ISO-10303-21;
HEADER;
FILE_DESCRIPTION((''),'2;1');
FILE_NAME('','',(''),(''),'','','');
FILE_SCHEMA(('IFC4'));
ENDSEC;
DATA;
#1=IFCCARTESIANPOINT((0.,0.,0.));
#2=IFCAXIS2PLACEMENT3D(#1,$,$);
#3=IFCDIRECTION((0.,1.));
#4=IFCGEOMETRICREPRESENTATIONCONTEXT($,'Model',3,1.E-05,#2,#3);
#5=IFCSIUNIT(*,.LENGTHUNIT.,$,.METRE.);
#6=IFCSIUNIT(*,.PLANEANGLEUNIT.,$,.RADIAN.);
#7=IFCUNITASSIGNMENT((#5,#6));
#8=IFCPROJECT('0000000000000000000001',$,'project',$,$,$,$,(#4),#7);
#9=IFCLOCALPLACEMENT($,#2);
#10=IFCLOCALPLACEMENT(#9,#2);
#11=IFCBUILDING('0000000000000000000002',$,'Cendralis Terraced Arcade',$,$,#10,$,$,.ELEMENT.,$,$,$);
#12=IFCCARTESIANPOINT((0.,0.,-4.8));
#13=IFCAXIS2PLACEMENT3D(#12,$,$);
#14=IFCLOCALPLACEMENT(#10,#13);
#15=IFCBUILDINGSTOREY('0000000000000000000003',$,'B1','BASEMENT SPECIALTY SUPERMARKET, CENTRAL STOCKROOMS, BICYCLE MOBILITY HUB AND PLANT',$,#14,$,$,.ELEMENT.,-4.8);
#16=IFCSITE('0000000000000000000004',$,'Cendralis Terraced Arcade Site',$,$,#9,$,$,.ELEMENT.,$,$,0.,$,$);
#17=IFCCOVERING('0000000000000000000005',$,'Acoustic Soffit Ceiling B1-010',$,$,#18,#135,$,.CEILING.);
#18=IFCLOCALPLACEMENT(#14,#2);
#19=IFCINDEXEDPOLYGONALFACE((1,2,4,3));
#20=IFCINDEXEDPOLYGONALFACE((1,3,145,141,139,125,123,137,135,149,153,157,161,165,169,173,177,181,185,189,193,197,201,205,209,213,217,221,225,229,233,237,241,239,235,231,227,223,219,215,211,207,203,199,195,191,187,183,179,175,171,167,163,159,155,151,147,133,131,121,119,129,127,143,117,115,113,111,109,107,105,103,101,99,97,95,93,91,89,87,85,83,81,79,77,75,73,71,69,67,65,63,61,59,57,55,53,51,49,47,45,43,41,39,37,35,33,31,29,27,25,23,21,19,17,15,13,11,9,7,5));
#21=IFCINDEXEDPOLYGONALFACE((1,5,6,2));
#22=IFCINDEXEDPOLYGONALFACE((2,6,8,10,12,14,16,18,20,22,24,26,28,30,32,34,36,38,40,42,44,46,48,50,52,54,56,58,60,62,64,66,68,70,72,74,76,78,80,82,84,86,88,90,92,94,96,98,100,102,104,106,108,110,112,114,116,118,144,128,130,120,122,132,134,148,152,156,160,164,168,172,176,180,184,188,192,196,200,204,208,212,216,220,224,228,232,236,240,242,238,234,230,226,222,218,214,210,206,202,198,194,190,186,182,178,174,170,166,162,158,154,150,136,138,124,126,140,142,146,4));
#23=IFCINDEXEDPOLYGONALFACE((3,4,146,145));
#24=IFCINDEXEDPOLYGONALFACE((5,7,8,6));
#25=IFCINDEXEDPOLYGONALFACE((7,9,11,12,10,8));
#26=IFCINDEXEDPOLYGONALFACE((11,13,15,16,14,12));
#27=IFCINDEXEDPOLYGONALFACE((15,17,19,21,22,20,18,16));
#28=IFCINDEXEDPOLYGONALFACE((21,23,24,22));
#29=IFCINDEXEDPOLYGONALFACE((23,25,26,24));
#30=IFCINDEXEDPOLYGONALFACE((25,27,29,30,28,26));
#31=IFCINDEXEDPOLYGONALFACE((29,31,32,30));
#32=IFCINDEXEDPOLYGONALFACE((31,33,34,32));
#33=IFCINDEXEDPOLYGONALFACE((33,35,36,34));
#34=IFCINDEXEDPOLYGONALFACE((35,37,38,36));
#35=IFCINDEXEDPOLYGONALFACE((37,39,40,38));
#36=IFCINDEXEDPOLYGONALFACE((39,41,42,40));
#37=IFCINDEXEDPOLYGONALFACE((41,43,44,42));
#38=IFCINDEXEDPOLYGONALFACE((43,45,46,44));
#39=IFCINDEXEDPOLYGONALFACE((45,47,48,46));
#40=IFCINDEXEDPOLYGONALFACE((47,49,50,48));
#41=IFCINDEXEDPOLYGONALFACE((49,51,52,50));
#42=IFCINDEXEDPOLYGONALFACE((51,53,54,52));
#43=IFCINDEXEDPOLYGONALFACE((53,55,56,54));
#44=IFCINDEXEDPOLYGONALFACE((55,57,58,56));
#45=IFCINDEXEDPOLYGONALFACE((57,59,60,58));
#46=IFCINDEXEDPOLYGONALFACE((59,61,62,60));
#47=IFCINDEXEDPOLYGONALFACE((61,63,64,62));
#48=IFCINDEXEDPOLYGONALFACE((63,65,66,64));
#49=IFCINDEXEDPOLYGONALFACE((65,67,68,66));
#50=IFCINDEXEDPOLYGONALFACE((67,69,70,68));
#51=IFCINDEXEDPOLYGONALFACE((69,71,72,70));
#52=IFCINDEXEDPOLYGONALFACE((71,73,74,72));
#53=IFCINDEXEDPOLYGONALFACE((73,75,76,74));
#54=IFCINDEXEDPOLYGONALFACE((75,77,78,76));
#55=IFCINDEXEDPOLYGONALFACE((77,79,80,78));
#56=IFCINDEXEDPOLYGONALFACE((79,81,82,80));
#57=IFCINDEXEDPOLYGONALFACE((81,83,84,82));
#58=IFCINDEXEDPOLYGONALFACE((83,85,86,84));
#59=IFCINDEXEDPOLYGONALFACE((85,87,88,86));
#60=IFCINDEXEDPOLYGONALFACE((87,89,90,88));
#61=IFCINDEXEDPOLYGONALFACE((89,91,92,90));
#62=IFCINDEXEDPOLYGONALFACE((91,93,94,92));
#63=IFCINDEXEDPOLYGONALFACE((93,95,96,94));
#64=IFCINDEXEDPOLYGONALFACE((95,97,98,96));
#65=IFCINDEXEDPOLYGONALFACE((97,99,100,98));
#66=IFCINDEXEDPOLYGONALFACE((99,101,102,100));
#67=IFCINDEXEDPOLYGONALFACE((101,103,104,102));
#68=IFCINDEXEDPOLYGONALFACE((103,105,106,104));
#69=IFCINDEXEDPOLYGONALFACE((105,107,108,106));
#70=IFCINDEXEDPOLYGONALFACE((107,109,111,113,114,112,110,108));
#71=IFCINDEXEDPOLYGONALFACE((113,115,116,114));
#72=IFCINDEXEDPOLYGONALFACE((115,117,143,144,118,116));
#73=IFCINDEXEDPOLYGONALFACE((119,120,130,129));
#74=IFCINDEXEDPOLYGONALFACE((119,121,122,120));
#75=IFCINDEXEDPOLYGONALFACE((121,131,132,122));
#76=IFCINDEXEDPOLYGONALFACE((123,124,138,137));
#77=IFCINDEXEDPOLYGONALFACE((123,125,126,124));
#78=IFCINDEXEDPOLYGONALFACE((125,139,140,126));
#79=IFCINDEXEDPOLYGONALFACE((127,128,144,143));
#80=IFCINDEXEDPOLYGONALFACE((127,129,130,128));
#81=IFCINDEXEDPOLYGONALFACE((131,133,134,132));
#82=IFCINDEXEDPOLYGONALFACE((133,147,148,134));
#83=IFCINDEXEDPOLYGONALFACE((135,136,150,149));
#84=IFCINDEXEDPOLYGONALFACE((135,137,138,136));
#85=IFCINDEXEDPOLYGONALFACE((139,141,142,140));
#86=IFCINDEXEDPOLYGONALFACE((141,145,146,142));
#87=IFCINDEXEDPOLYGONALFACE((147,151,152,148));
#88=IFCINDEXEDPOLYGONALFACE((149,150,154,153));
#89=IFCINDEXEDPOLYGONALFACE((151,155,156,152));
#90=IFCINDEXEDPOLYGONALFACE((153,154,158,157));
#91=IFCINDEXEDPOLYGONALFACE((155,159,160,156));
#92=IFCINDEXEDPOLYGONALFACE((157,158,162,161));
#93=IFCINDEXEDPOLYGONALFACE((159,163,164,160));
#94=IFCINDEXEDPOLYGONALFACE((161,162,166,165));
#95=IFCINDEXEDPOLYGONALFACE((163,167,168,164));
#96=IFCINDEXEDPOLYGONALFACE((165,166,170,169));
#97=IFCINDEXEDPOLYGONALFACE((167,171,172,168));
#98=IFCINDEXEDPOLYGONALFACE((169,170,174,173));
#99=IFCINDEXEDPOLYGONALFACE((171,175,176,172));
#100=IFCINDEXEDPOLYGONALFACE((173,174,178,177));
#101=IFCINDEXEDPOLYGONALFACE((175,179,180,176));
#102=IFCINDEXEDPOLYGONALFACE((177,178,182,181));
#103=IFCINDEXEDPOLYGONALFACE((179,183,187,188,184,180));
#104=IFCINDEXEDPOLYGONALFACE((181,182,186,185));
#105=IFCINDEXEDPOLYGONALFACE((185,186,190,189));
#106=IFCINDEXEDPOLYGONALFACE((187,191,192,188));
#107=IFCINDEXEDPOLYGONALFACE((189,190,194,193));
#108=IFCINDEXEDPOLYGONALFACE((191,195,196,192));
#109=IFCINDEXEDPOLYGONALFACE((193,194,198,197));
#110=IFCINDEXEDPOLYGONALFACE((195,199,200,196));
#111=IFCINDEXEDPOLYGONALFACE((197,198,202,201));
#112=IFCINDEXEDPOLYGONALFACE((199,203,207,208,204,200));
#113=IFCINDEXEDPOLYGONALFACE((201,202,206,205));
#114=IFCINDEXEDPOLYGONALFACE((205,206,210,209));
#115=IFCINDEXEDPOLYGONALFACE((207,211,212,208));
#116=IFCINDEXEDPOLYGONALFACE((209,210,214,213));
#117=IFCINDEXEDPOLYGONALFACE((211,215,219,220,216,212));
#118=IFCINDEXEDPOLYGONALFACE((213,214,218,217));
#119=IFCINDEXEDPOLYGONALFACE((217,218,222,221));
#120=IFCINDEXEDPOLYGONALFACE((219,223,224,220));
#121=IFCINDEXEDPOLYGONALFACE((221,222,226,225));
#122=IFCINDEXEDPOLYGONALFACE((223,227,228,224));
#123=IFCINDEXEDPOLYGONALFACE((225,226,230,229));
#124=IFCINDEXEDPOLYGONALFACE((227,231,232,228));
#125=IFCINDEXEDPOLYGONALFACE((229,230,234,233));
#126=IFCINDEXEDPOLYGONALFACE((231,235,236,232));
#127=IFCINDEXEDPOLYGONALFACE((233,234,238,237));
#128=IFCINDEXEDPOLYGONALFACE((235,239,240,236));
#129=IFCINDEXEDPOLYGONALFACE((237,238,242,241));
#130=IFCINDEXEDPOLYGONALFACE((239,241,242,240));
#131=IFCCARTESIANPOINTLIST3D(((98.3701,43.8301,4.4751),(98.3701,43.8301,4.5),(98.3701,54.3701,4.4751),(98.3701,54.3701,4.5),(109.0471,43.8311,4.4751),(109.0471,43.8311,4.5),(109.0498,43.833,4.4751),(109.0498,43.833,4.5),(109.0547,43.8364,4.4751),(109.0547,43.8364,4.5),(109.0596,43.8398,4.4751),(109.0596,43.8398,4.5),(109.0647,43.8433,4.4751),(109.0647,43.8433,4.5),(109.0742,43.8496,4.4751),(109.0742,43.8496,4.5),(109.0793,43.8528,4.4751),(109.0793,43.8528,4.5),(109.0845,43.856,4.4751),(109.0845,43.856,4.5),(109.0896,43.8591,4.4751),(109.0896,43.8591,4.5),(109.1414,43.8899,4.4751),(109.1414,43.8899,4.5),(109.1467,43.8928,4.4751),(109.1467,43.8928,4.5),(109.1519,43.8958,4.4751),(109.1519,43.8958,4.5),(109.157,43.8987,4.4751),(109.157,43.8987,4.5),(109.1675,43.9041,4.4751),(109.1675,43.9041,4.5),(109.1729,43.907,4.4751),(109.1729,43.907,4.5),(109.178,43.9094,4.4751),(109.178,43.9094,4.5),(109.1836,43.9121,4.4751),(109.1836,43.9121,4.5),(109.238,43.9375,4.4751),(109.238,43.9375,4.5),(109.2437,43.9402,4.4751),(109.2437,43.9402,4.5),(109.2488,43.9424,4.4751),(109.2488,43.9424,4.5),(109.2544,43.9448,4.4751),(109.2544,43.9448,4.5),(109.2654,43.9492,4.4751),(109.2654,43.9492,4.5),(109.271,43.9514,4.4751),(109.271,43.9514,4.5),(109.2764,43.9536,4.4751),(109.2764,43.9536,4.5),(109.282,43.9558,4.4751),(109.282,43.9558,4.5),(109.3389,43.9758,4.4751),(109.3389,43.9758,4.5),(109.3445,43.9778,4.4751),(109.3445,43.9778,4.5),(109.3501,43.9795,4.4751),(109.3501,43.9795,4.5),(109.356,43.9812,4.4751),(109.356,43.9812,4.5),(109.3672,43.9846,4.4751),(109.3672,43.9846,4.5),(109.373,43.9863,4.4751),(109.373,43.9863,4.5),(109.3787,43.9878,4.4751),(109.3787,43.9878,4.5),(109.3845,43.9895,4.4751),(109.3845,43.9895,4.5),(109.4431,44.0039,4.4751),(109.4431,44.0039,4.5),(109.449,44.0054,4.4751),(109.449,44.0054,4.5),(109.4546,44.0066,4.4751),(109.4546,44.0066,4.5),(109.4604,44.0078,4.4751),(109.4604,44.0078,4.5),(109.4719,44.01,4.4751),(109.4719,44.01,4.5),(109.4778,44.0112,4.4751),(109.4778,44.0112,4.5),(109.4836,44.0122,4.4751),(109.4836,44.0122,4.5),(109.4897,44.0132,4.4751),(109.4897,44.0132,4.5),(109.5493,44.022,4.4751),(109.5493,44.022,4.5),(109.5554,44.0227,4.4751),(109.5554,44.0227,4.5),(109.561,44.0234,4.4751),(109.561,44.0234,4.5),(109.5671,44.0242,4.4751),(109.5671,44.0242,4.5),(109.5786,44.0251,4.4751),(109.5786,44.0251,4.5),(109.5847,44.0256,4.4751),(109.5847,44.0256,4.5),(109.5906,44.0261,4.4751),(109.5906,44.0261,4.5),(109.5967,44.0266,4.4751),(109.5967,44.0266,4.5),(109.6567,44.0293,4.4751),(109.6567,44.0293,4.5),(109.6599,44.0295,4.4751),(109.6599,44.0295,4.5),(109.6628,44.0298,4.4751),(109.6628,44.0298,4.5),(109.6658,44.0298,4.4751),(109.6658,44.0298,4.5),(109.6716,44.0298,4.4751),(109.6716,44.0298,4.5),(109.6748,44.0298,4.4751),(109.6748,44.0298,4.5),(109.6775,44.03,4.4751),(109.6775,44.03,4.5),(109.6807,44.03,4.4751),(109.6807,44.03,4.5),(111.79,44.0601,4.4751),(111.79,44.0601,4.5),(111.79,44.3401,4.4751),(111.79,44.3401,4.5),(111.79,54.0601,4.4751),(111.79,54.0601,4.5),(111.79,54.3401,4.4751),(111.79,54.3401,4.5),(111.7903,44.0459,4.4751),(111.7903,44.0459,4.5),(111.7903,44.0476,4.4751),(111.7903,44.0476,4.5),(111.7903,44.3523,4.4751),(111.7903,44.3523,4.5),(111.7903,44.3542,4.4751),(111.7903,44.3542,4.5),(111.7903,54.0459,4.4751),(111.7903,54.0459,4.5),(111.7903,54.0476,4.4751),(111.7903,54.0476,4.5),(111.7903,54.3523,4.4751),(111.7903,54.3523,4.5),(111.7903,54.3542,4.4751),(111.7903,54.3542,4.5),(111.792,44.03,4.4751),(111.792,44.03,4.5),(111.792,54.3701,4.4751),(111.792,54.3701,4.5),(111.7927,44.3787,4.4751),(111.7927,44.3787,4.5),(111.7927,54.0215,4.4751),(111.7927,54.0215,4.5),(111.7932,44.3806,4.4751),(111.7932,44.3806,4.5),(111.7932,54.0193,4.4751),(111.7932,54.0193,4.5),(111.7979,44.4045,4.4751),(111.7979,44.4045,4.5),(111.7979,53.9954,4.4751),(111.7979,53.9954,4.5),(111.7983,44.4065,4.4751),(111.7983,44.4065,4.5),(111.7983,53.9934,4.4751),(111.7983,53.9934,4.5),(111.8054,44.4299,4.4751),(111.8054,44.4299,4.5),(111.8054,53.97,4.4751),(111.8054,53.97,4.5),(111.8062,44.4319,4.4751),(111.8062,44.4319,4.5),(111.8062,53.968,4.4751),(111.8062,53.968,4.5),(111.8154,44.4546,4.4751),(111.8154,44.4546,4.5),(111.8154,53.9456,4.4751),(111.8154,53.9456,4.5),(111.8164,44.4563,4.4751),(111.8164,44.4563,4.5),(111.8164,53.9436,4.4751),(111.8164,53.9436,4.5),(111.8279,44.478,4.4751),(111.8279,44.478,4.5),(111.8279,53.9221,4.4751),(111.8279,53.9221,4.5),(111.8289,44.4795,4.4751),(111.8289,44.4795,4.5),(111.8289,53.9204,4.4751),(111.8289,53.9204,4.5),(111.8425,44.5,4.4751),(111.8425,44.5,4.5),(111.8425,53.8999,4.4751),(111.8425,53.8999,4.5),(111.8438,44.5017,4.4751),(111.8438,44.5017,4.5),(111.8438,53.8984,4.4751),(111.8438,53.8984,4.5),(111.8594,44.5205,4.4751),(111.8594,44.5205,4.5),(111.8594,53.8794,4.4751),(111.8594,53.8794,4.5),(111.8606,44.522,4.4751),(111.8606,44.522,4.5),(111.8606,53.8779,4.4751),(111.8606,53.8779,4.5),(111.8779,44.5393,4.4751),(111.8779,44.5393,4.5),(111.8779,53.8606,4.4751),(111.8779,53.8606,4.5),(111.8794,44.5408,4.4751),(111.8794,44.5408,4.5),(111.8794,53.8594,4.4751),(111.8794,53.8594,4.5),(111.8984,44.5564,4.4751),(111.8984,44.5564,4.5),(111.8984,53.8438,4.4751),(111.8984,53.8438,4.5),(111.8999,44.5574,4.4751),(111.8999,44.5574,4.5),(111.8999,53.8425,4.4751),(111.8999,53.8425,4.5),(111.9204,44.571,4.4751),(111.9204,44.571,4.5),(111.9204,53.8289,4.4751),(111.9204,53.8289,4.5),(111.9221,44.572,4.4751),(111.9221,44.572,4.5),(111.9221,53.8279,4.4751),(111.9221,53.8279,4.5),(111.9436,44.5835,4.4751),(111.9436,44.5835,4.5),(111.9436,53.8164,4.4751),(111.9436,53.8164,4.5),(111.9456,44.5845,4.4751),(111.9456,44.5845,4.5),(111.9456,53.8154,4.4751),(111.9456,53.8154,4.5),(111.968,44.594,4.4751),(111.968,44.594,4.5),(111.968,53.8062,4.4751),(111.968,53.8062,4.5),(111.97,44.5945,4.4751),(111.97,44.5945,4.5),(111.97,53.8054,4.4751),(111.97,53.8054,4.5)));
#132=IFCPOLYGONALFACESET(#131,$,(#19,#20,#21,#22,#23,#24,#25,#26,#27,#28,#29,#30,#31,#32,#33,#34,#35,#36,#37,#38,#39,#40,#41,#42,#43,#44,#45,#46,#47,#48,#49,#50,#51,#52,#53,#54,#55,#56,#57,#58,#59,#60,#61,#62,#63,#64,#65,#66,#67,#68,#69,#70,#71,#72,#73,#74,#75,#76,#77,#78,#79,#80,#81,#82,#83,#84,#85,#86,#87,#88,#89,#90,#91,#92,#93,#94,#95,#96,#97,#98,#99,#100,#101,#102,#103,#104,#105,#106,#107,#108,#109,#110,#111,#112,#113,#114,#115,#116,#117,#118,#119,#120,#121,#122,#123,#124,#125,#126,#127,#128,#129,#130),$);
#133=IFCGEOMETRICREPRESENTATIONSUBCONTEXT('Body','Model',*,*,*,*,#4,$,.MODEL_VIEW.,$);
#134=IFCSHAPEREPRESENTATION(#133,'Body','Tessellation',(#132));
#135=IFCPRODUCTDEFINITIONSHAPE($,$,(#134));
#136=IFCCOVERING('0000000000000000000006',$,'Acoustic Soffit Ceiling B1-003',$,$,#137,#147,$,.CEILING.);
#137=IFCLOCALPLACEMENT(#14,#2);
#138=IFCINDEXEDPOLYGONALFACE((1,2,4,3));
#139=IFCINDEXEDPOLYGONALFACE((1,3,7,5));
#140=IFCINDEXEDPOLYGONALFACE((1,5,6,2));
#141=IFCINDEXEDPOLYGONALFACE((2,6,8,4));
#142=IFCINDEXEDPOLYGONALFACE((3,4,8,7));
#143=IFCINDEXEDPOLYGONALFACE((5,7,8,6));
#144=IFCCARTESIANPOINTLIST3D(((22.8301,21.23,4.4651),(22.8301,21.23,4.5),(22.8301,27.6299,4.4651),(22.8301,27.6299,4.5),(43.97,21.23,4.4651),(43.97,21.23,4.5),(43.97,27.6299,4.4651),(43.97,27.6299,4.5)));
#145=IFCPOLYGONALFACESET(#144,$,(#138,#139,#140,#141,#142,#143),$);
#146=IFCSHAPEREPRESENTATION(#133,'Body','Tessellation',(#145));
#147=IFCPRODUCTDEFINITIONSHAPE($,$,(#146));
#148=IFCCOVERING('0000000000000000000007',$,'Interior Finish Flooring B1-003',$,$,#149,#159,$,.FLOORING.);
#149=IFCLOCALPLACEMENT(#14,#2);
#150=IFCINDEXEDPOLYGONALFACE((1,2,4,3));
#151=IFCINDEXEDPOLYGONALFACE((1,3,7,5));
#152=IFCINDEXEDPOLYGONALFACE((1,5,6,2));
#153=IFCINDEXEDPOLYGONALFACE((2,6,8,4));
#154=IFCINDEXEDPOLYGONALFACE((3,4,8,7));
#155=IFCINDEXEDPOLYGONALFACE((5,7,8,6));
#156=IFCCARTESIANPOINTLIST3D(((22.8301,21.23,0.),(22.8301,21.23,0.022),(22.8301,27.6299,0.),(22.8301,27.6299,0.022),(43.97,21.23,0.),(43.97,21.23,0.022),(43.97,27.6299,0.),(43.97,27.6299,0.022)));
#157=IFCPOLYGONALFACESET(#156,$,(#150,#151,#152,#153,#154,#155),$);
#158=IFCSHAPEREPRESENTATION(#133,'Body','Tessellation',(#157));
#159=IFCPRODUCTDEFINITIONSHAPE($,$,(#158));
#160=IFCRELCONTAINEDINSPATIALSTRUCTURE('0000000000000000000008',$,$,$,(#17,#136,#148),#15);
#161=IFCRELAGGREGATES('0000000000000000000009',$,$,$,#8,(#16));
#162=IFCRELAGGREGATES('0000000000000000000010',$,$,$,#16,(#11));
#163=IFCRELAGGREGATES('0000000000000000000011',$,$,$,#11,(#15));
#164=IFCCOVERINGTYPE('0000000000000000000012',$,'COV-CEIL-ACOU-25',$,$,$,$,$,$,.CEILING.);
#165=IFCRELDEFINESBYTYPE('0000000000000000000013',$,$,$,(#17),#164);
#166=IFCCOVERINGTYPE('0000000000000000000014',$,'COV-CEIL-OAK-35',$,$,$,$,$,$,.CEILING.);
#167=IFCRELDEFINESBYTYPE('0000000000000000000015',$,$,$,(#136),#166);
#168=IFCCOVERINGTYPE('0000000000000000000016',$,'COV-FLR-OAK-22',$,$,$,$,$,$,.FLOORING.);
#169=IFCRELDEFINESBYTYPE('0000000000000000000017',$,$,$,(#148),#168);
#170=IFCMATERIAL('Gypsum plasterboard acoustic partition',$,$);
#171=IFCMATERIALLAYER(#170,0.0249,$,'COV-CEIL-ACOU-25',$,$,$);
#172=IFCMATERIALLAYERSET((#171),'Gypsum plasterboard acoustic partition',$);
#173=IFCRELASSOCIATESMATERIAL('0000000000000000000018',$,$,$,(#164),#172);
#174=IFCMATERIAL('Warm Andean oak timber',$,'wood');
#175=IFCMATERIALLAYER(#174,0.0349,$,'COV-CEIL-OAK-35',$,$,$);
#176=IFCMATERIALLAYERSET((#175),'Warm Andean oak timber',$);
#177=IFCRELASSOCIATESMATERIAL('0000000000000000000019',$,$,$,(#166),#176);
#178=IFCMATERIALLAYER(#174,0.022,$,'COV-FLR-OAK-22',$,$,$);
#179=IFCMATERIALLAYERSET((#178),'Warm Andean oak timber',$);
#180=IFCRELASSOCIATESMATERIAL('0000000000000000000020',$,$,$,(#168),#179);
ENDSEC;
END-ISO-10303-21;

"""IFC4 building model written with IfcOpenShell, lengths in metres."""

from ifc_helpers import new_model, si_unit, direction, frame, origin, place, context, subcontext, project, spatial, polyline, outline, extrude, material, layer, layer_set, type_object, element, save


model = new_model("IFC4")

# Units and contexts
model_context = context("Model", 3, precision=1e-05, world=origin(), true_north=direction((0.0, 1.0)))
body_context = subcontext(model_context, "Body", "Model", "MODEL_VIEW")
ifc_project = project(units=[si_unit("LENGTHUNIT", "METRE"), si_unit("PLANEANGLEUNIT", "RADIAN")], contexts=[model_context])

# Site, building, storey
site_placement = place(None, origin())
site = spatial("IfcSite", under=ifc_project, at=site_placement, Name="Cendralis Terraced Arcade Site", CompositionType="ELEMENT", RefElevation=0.0)
building_placement = place(site_placement, origin())
building = spatial("IfcBuilding", under=site, at=building_placement, Name="Cendralis Terraced Arcade", CompositionType="ELEMENT")
storey_placement = place(building_placement, frame((0.0, 0.0, -4.8)))
storey = spatial("IfcBuildingStorey", under=building, at=storey_placement, Name="B1", Description="BASEMENT SPECIALTY SUPERMARKET, CENTRAL STOCKROOMS, BICYCLE MOBILITY HUB AND PLANT", CompositionType="ELEMENT", Elevation=-4.8)

# Coverings
ifc_material_1 = material(Name="Gypsum plasterboard acoustic partition")
ifc_layer_1 = layer(ifc_material_1, 0.0249, Name="COV-CEIL-ACOU-25")
ifc_layer_set_1 = layer_set([ifc_layer_1], Name="Gypsum plasterboard acoustic partition")
covering_type_1 = type_object("IfcCoveringType", Name="COV-CEIL-ACOU-25", PredefinedType="CEILING", material=ifc_layer_set_1)
covering_1_placement = place(storey_placement, frame((0.0, 0.0, 4.4751)))
element("IfcCovering", 1, at=covering_1_placement, inside=storey, type_object=covering_type_1, Name="Acoustic Soffit Ceiling B1-010", PredefinedType="CEILING", context=body_context, shape_type="SweptSolid", body=[
    extrude(outline(polyline([(98.3701, 43.8301), (98.3701, 54.3701), (111.792, 54.3701), (111.7903, 54.3542), (111.7903, 54.3523), (111.79, 54.3401), (111.79, 54.0601), (111.7903, 54.0476), (111.7903, 54.0459), (111.7927, 54.0215), (111.7932, 54.0193), (111.7979, 53.9954), (111.7983, 53.9934), (111.8054, 53.97), (111.8062, 53.968), (111.8154, 53.9456), (111.8164, 53.9436), (111.8279, 53.9221), (111.8289, 53.9204), (111.8425, 53.8999), (111.8438, 53.8984), (111.8594, 53.8794), (111.8606, 53.8779), (111.8779, 53.8606), (111.8794, 53.8594), (111.8984, 53.8438), (111.8999, 53.8425), (111.9204, 53.8289), (111.9221, 53.8279), (111.9436, 53.8164), (111.9456, 53.8154), (111.968, 53.8062), (111.97, 53.8054), (111.97, 53.8054), (111.97, 44.5945), (111.97, 44.5945), (111.968, 44.594), (111.9456, 44.5845), (111.9436, 44.5835), (111.9221, 44.572), (111.9204, 44.571), (111.8999, 44.5574), (111.8984, 44.5564), (111.8794, 44.5408), (111.8779, 44.5393), (111.8606, 44.522), (111.8594, 44.5205), (111.8438, 44.5017), (111.8425, 44.5), (111.8289, 44.4795), (111.8279, 44.478), (111.8164, 44.4563), (111.8154, 44.4546), (111.8062, 44.4319), (111.8054, 44.4299), (111.7983, 44.4065), (111.7979, 44.4045), (111.7932, 44.3806), (111.7927, 44.3787), (111.7903, 44.3542), (111.7903, 44.3523), (111.79, 44.3401), (111.79, 44.0601), (111.7903, 44.0476), (111.7903, 44.0459), (111.792, 44.03), (109.6807, 44.03), (109.6775, 44.03), (109.6748, 44.0298), (109.6716, 44.0298), (109.6658, 44.0298), (109.6628, 44.0298), (109.6599, 44.0295), (109.6567, 44.0293), (109.5967, 44.0266), (109.5906, 44.0261), (109.5847, 44.0256), (109.5786, 44.0251), (109.5671, 44.0242), (109.561, 44.0234), (109.5554, 44.0227), (109.5493, 44.022), (109.4897, 44.0132), (109.4836, 44.0122), (109.4778, 44.0112), (109.4719, 44.01), (109.4604, 44.0078), (109.4546, 44.0066), (109.449, 44.0054), (109.4431, 44.0039), (109.3845, 43.9895), (109.3787, 43.9878), (109.373, 43.9863), (109.3672, 43.9846), (109.356, 43.9812), (109.3501, 43.9795), (109.3445, 43.9778), (109.3389, 43.9758), (109.282, 43.9558), (109.2764, 43.9536), (109.271, 43.9514), (109.2654, 43.9492), (109.2544, 43.9448), (109.2488, 43.9424), (109.2437, 43.9402), (109.238, 43.9375), (109.1836, 43.9121), (109.178, 43.9094), (109.1729, 43.907), (109.1675, 43.9041), (109.157, 43.8987), (109.1519, 43.8958), (109.1467, 43.8928), (109.1414, 43.8899), (109.0896, 43.8591), (109.0845, 43.856), (109.0793, 43.8528), (109.0742, 43.8496), (109.0647, 43.8433), (109.0596, 43.8398), (109.0547, 43.8364), (109.0498, 43.833), (109.0471, 43.8311), (98.3701, 43.8301)])), origin(), (0.0, 0.0, 1.0), 0.0249),
])
ifc_material_2 = material(Name="Warm Andean oak timber", Category="wood")
ifc_layer_2 = layer(ifc_material_2, 0.0349, Name="COV-CEIL-OAK-35")
ifc_layer_set_2 = layer_set([ifc_layer_2], Name="Warm Andean oak timber")
covering_type_2 = type_object("IfcCoveringType", Name="COV-CEIL-OAK-35", PredefinedType="CEILING", material=ifc_layer_set_2)
covering_2_placement = place(storey_placement, frame((0.0, 0.0, 4.4651)))
element("IfcCovering", 2, at=covering_2_placement, inside=storey, type_object=covering_type_2, Name="Acoustic Soffit Ceiling B1-003", PredefinedType="CEILING", context=body_context, shape_type="SweptSolid", body=[
    extrude(outline(polyline([(43.97, 21.23), (22.8301, 21.23), (22.8301, 27.6299), (43.97, 27.6299), (43.97, 21.23)])), origin(), (0.0, 0.0, 1.0), 0.0349),
])
ifc_layer_3 = layer(ifc_material_2, 0.022, Name="COV-FLR-OAK-22")
ifc_layer_set_3 = layer_set([ifc_layer_3], Name="Warm Andean oak timber")
covering_type_3 = type_object("IfcCoveringType", Name="COV-FLR-OAK-22", PredefinedType="FLOORING", material=ifc_layer_set_3)
covering_3_placement = place(storey_placement, origin())
element("IfcCovering", 3, at=covering_3_placement, inside=storey, type_object=covering_type_3, Name="Interior Finish Flooring B1-003", PredefinedType="FLOORING", context=body_context, shape_type="SweptSolid", body=[
    extrude(outline(polyline([(43.97, 21.23), (22.8301, 21.23), (22.8301, 27.6299), (43.97, 27.6299), (43.97, 21.23)])), origin(), (0.0, 0.0, 1.0), 0.022),
])

save(model, "model.ifc")
